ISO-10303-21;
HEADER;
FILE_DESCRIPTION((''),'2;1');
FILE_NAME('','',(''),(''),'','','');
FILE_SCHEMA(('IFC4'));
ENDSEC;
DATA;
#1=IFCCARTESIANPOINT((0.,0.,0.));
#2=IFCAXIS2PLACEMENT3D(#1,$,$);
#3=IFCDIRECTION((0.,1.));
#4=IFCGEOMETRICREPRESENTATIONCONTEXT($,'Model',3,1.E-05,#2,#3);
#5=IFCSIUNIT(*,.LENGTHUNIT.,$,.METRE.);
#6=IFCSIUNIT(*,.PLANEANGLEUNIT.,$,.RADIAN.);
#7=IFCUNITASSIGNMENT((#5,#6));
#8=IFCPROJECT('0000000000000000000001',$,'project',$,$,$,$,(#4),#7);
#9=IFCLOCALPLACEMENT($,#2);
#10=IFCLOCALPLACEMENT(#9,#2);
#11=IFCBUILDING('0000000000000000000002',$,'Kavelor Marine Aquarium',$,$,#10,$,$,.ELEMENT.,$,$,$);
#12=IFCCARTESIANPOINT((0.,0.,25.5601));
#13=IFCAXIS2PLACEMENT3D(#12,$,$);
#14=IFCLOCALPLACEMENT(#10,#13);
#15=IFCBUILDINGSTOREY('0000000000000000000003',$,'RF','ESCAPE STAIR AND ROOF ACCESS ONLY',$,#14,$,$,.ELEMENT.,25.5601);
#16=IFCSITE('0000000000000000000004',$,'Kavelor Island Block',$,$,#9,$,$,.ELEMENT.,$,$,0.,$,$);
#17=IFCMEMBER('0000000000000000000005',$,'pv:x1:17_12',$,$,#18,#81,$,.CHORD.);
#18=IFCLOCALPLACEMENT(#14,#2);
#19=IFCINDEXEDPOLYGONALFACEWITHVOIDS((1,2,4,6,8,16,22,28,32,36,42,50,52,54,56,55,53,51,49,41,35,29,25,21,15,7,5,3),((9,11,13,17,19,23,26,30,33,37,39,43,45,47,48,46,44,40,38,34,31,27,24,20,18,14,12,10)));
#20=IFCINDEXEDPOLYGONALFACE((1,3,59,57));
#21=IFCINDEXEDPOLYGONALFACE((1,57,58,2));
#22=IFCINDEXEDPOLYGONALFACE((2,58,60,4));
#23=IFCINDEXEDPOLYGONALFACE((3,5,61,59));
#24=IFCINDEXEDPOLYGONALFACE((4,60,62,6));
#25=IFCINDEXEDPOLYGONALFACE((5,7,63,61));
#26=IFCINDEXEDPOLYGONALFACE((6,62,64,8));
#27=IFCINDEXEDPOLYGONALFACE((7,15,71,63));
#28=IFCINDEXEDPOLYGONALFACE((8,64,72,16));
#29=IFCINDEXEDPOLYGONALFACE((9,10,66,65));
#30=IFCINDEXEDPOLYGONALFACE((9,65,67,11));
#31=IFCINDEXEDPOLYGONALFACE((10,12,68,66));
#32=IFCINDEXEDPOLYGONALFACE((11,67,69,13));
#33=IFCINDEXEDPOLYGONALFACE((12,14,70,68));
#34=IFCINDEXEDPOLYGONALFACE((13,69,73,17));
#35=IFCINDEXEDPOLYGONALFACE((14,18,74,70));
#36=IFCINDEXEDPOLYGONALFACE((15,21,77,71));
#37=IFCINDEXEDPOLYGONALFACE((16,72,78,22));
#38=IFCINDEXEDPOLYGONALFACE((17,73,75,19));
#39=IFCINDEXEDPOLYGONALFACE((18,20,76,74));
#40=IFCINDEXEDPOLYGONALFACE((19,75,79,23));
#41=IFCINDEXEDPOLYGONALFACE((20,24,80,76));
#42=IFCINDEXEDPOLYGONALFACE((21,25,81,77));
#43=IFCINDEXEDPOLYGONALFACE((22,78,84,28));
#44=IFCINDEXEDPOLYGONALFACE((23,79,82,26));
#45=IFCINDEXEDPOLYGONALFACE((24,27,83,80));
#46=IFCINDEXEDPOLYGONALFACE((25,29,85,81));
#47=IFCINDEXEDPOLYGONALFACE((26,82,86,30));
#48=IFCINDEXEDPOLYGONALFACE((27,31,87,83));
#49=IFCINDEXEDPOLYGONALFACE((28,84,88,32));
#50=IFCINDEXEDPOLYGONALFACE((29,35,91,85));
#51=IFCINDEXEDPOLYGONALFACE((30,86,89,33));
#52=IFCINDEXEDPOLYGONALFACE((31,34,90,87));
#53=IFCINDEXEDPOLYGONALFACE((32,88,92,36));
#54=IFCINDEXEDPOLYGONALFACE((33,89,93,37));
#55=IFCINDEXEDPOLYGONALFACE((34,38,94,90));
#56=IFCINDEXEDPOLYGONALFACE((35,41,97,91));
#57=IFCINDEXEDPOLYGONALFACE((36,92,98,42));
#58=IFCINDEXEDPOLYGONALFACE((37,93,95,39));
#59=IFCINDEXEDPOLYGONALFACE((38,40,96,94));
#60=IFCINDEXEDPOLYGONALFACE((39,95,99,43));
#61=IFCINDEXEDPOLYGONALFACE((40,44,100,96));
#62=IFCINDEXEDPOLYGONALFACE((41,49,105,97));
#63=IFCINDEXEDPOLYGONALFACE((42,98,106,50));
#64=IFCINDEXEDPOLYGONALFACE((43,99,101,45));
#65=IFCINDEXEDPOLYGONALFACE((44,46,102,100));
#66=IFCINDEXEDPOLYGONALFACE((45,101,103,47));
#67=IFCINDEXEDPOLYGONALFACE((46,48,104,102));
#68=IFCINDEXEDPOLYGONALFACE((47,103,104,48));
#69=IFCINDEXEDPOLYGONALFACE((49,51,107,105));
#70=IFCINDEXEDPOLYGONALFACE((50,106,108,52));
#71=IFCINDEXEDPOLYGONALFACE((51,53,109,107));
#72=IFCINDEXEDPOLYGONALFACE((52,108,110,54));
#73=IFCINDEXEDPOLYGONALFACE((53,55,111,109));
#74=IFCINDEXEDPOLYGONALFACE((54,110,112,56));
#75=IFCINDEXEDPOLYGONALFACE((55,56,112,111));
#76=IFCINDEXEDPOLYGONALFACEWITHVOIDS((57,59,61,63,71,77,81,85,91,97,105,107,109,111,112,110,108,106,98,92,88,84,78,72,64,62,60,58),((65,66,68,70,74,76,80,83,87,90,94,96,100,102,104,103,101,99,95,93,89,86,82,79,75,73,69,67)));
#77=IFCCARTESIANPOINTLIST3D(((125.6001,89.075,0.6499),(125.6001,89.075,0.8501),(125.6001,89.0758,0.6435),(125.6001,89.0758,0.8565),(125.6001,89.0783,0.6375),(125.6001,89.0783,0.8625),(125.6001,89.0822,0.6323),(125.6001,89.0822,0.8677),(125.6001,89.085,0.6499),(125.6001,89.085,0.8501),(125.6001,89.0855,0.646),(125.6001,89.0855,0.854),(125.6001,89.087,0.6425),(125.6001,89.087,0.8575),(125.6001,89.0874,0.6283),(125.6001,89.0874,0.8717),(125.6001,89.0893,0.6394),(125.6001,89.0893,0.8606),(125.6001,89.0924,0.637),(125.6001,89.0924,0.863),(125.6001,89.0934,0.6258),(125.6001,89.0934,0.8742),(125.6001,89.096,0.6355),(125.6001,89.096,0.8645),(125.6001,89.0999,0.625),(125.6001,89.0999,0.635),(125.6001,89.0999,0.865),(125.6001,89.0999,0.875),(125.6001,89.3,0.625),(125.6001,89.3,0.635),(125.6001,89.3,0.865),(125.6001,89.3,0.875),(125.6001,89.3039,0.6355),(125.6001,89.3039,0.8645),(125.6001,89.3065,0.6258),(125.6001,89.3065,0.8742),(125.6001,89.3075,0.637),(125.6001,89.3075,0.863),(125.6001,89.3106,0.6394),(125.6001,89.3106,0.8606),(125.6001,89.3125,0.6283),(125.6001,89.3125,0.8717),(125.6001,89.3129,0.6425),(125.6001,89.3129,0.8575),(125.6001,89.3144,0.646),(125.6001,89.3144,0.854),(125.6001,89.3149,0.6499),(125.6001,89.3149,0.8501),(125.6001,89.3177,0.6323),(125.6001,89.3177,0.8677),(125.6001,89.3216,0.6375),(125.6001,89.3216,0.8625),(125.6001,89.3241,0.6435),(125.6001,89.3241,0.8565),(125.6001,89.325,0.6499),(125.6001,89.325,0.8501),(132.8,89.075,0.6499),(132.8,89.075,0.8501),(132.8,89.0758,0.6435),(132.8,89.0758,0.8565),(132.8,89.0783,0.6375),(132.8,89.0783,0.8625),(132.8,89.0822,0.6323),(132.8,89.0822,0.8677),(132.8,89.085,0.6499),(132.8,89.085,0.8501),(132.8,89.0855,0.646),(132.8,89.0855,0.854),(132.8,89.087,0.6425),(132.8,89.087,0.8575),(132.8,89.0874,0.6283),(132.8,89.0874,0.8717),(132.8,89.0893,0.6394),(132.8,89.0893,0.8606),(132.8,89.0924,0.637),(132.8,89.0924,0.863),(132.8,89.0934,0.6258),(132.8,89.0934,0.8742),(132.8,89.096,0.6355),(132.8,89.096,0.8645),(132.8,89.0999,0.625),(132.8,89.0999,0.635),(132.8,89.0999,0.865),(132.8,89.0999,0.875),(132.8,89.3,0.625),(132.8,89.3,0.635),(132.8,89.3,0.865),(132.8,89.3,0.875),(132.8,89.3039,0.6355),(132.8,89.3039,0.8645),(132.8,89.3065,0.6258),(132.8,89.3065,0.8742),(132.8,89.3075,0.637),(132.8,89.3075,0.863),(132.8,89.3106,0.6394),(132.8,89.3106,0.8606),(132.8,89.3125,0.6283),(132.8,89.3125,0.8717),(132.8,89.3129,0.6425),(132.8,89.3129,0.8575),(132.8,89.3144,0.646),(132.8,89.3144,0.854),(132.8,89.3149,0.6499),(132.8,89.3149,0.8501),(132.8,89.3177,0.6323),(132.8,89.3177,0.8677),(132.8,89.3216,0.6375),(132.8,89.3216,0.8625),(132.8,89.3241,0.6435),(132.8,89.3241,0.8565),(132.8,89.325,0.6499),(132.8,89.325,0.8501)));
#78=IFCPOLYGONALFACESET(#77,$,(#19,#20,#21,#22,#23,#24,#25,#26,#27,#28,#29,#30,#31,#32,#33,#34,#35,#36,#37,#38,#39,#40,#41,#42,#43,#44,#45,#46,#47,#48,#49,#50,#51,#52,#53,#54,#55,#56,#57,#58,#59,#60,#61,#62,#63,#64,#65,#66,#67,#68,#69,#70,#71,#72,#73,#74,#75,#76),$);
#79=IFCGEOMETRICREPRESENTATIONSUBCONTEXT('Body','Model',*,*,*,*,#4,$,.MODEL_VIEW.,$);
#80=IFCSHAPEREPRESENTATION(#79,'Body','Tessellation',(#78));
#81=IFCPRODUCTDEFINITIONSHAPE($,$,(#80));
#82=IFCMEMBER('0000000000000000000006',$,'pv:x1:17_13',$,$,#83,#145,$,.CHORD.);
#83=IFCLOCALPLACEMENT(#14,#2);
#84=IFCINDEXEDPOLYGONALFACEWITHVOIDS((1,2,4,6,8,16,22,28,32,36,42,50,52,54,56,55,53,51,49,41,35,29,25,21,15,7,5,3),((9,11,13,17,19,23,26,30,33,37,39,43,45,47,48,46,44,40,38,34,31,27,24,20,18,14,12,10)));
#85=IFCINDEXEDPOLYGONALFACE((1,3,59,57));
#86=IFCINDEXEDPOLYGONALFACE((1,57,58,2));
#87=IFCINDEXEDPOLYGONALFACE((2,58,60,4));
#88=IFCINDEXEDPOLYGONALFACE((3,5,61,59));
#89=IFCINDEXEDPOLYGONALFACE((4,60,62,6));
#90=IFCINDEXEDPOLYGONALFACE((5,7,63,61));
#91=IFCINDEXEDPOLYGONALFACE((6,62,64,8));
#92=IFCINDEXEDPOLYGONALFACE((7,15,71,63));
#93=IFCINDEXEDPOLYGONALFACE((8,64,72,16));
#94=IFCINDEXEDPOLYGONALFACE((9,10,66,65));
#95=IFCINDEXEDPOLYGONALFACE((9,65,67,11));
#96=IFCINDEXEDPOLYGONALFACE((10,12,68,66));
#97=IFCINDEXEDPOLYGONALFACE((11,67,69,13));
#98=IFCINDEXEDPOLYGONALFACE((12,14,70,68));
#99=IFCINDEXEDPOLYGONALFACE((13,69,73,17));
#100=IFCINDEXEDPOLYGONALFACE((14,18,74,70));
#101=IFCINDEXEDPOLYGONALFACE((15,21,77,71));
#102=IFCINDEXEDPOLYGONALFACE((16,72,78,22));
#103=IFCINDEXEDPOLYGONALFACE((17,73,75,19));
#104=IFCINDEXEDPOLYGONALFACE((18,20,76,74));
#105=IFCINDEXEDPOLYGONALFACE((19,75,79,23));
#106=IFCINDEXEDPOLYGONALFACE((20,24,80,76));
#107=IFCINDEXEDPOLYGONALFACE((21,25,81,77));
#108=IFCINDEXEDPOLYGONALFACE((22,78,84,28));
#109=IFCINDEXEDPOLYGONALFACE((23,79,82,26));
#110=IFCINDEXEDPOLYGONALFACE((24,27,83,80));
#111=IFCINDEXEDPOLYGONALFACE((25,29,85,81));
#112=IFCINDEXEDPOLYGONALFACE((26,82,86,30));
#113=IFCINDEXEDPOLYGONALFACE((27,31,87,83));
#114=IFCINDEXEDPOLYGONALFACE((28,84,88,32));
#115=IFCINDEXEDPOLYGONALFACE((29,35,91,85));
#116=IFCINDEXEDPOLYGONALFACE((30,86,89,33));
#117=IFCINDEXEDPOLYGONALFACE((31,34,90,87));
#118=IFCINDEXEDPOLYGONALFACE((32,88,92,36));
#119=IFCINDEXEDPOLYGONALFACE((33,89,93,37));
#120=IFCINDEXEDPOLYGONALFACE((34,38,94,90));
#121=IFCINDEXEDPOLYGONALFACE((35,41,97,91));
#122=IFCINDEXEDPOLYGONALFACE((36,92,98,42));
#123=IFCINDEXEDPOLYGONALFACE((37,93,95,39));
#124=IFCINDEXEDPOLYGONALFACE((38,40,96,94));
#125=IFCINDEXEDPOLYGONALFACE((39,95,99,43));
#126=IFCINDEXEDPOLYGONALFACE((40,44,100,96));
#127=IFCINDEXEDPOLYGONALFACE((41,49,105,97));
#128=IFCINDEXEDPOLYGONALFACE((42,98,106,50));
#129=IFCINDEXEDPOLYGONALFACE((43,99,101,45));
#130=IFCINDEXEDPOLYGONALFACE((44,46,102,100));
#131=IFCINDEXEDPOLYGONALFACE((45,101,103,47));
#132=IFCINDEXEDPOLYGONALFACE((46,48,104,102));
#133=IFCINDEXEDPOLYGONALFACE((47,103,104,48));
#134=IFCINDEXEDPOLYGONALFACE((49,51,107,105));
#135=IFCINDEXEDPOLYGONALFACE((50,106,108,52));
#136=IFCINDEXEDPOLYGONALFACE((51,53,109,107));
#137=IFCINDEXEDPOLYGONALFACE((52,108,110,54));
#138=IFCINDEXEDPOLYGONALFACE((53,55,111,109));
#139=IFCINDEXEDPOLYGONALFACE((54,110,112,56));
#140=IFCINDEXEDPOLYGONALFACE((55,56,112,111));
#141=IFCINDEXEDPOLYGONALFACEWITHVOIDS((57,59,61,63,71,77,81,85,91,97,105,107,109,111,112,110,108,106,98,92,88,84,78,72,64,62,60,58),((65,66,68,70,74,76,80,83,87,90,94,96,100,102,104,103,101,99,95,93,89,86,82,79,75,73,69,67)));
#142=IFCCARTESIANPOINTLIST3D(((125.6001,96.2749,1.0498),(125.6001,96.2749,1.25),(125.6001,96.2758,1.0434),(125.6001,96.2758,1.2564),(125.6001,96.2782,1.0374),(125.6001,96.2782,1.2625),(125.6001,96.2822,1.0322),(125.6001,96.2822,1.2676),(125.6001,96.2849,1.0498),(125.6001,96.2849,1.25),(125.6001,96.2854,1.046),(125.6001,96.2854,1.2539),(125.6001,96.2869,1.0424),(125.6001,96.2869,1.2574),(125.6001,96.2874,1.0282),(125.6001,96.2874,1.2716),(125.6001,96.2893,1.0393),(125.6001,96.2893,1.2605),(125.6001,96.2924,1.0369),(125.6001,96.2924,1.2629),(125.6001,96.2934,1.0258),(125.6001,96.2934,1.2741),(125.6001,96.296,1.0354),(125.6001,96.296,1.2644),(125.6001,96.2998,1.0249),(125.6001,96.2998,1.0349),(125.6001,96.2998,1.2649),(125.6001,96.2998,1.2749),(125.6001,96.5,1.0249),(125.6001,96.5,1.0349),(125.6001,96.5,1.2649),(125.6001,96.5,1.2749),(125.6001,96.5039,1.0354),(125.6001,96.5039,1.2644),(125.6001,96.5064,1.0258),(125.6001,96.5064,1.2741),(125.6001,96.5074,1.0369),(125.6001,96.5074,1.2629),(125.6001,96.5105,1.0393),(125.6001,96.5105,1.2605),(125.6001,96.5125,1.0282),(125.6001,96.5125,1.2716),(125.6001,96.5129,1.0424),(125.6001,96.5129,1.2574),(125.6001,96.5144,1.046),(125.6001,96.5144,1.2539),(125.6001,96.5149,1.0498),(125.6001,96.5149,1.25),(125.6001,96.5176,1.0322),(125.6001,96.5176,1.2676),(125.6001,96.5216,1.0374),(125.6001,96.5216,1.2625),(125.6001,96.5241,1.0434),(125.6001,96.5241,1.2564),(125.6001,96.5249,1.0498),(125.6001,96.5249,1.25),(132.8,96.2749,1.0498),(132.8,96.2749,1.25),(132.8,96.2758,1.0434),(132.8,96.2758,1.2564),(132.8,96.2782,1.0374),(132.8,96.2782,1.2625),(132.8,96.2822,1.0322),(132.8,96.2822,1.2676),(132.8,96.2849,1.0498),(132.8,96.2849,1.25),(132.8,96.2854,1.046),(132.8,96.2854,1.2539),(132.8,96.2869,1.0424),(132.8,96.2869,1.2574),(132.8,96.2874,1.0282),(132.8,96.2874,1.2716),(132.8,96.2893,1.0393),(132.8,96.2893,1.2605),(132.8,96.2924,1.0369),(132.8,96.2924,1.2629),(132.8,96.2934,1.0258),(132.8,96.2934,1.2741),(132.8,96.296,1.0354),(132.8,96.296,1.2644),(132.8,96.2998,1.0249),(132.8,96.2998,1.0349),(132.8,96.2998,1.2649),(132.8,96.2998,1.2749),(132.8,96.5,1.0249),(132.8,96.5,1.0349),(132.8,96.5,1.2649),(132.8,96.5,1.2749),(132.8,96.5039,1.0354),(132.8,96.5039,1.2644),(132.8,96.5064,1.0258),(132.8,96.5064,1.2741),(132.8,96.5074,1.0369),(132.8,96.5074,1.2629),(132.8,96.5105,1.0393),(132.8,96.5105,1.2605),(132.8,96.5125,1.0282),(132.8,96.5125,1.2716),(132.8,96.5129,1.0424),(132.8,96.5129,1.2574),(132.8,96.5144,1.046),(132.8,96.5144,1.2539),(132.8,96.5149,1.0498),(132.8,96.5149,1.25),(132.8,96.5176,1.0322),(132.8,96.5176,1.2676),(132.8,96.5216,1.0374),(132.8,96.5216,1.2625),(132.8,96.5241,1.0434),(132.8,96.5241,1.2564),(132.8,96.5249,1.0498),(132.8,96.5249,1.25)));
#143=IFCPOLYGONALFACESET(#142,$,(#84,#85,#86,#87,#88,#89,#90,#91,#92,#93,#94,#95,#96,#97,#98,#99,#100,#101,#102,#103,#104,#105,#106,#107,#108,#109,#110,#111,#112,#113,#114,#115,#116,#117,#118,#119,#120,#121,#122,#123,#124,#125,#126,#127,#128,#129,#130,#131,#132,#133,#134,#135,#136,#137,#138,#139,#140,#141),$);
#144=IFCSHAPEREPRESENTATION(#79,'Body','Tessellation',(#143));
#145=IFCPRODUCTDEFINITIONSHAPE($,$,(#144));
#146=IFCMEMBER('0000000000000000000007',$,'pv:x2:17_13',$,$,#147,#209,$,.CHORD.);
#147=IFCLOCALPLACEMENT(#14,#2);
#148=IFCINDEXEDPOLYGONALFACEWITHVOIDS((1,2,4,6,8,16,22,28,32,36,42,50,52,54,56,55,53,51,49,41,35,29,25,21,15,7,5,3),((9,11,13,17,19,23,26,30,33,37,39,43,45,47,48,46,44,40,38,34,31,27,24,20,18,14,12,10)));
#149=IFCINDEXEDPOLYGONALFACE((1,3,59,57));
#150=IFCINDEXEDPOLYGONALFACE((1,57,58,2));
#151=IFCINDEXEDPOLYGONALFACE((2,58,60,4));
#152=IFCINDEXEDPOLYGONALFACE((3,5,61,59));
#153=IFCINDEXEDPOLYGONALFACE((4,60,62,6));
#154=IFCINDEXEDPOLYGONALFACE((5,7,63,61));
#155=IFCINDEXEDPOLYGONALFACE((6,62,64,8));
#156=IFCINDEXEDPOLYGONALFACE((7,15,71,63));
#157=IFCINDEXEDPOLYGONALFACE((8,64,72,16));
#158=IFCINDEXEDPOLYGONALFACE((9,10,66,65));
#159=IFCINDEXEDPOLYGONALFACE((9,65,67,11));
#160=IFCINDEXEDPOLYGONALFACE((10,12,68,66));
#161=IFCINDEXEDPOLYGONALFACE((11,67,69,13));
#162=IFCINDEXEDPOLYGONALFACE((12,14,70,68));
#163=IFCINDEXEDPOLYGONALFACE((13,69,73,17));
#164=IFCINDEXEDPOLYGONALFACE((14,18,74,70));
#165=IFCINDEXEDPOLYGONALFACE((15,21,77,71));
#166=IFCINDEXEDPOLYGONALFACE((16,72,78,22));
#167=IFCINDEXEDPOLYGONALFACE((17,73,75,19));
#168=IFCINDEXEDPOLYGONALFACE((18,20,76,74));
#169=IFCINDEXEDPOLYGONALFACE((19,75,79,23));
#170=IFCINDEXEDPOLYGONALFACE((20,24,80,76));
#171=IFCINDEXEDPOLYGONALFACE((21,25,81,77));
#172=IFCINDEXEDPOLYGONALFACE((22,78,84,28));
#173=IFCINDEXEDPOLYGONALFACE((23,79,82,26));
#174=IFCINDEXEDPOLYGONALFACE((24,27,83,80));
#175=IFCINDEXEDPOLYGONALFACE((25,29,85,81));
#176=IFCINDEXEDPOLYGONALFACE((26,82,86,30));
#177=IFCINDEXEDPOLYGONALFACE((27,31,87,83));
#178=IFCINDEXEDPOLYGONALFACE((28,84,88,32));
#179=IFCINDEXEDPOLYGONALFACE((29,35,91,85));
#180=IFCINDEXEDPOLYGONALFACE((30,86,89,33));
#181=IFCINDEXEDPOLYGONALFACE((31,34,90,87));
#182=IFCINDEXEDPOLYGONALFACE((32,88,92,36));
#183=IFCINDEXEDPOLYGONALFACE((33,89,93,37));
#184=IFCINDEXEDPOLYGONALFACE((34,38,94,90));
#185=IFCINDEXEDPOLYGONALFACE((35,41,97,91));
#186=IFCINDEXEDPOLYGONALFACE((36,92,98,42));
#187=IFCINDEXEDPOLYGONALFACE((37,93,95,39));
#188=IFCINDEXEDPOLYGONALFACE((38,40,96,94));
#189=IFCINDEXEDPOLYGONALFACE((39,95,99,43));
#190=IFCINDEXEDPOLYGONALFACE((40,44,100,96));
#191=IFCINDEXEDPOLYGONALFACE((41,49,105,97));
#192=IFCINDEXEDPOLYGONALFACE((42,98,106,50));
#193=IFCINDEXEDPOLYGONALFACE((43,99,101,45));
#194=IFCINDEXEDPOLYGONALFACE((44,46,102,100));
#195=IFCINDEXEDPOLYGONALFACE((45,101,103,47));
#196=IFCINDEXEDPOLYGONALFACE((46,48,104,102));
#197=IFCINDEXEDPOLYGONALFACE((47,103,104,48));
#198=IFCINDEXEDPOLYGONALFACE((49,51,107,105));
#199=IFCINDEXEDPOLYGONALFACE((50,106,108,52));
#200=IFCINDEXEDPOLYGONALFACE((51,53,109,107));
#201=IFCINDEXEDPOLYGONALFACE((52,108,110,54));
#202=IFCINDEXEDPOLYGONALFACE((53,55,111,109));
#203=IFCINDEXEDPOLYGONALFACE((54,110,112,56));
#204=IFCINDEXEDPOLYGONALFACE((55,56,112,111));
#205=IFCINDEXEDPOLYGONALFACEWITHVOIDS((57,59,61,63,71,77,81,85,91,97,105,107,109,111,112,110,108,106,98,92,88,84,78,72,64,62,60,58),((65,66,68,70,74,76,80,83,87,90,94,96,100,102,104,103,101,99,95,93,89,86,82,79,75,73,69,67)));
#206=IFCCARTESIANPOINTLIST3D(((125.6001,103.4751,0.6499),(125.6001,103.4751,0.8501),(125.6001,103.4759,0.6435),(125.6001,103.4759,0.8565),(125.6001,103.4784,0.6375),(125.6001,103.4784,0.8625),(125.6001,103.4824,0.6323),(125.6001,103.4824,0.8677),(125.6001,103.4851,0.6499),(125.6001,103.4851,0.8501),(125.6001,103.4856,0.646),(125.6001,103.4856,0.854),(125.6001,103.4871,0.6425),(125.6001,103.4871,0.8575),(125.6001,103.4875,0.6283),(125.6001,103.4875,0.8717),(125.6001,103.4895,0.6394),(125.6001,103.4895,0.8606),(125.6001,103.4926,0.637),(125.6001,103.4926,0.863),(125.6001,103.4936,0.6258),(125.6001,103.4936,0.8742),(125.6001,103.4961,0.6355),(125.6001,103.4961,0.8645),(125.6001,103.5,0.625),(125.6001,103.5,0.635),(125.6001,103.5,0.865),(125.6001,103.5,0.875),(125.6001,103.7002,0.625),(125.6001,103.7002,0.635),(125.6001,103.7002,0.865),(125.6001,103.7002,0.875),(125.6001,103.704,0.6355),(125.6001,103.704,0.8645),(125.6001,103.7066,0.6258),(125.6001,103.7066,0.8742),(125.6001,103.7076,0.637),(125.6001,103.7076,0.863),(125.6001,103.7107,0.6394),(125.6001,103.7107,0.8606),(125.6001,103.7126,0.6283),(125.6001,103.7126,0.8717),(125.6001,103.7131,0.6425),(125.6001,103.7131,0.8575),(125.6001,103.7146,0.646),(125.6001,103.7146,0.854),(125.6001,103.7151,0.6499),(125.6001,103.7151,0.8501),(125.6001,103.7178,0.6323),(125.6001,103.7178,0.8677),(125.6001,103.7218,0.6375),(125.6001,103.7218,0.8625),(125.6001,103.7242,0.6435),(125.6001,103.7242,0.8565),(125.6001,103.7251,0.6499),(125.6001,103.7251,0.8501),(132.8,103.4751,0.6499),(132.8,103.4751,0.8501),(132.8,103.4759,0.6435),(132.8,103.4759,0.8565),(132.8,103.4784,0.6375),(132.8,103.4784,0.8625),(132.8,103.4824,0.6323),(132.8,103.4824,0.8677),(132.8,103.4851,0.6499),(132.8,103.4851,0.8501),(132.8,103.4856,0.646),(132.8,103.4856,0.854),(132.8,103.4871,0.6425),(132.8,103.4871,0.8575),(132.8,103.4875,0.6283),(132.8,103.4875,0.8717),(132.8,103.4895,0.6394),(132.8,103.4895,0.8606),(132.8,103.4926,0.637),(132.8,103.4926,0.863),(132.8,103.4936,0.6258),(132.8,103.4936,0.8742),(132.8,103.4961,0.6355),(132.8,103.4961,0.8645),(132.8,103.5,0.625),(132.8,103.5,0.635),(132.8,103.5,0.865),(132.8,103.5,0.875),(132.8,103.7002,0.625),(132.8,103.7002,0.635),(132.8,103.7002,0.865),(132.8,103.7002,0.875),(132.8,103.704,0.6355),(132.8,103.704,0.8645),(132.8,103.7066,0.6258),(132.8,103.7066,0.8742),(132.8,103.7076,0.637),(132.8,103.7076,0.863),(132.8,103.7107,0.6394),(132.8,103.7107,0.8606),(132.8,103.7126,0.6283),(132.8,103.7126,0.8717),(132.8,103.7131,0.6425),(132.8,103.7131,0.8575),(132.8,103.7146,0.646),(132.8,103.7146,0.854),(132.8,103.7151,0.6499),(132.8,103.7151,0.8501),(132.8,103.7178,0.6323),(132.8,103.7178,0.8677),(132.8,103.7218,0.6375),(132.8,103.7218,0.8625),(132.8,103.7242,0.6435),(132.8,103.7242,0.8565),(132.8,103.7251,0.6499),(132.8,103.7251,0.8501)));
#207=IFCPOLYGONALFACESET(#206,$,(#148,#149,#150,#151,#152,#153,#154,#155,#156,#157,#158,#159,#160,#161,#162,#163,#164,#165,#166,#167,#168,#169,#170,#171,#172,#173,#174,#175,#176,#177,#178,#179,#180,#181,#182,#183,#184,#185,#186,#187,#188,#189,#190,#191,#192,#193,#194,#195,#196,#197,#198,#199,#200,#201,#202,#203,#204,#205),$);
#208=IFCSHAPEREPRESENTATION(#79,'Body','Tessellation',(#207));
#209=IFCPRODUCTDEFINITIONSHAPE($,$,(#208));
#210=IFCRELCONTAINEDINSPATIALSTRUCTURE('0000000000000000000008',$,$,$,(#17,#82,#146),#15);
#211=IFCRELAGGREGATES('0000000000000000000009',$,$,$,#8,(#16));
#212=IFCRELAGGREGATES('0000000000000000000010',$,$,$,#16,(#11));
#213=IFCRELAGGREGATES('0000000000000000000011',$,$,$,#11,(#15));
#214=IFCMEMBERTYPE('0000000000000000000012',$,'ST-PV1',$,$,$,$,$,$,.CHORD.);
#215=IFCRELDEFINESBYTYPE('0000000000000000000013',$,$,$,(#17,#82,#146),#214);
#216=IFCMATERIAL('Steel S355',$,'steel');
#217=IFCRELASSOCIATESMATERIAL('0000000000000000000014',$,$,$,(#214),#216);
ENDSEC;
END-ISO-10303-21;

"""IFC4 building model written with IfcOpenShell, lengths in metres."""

from ifc_helpers import new_model, si_unit, direction, frame, origin, origin_2d, place, context, subcontext, project, spatial, hollow_rectangle, extrude, material, material_profile, profile_set, type_object, element, save


model = new_model("IFC4")

# Units and contexts
model_context = context("Model", 3, precision=1e-05, world=origin(), true_north=direction((0.0, 1.0)))
body_context = subcontext(model_context, "Body", "Model", "MODEL_VIEW")
ifc_project = project(units=[si_unit("LENGTHUNIT", "METRE"), si_unit("PLANEANGLEUNIT", "RADIAN")], contexts=[model_context])

# Site, building, storey
site_placement = place(None, origin())
site = spatial("IfcSite", under=ifc_project, at=site_placement, Name="Kavelor Island Block", CompositionType="ELEMENT", RefElevation=0.0)
building_placement = place(site_placement, origin())
building = spatial("IfcBuilding", under=site, at=building_placement, Name="Kavelor Marine Aquarium", CompositionType="ELEMENT")
storey_placement = place(building_placement, frame((0.0, 0.0, 25.5601)))
storey = spatial("IfcBuildingStorey", under=building, at=storey_placement, Name="RF", Description="ESCAPE STAIR AND ROOF ACCESS ONLY", CompositionType="ELEMENT", Elevation=25.5601)

# Members
ifc_material_1 = material(Name="Steel S355", Category="steel")
ifc_material_profile_1 = material_profile(ifc_material_1, hollow_rectangle(XDim=0.25, YDim=0.25, WallThickness=0.01, InnerFilletRadius=0.0149, OuterFilletRadius=0.0249, at=origin_2d()), Name="SHS 250x250x10.0")
ifc_profile_set_1 = profile_set([ifc_material_profile_1], Name="Steel S355")
member_type_1 = type_object("IfcMemberType", Name="ST-PV1", PredefinedType="CHORD", material=ifc_profile_set_1)
for number, where, z_axis, x_axis, name in (
    (1, (125.6001, 89.2, 0.75), (1.0, 0.0, 0.0), (0.0, 1.0, 0.0), "pv:x1:17_12"),
    (2, (125.6001, 96.3999, 1.1499), (1.0, 0.0, 0.0), (0.0, 1.0, 0.0), "pv:x1:17_13"),
    (3, (125.6001, 103.6001, 0.75), (1.0, 0.0, 0.0), (0.0, 1.0, 0.0), "pv:x2:17_13"),
):
    element("IfcMember", number, at=place(storey_placement, frame(where, z_axis=z_axis, x_axis=x_axis)), inside=storey, type_object=member_type_1, Name=name, PredefinedType="CHORD", context=body_context, shape_type="SweptSolid", body=[
        extrude(hollow_rectangle(XDim=0.25, YDim=0.25, WallThickness=0.01, InnerFilletRadius=0.0149, OuterFilletRadius=0.0249, at=origin_2d()), origin(), (0.0, 0.0, 1.0), 7.2),
    ])

save(model, "model.ifc")
